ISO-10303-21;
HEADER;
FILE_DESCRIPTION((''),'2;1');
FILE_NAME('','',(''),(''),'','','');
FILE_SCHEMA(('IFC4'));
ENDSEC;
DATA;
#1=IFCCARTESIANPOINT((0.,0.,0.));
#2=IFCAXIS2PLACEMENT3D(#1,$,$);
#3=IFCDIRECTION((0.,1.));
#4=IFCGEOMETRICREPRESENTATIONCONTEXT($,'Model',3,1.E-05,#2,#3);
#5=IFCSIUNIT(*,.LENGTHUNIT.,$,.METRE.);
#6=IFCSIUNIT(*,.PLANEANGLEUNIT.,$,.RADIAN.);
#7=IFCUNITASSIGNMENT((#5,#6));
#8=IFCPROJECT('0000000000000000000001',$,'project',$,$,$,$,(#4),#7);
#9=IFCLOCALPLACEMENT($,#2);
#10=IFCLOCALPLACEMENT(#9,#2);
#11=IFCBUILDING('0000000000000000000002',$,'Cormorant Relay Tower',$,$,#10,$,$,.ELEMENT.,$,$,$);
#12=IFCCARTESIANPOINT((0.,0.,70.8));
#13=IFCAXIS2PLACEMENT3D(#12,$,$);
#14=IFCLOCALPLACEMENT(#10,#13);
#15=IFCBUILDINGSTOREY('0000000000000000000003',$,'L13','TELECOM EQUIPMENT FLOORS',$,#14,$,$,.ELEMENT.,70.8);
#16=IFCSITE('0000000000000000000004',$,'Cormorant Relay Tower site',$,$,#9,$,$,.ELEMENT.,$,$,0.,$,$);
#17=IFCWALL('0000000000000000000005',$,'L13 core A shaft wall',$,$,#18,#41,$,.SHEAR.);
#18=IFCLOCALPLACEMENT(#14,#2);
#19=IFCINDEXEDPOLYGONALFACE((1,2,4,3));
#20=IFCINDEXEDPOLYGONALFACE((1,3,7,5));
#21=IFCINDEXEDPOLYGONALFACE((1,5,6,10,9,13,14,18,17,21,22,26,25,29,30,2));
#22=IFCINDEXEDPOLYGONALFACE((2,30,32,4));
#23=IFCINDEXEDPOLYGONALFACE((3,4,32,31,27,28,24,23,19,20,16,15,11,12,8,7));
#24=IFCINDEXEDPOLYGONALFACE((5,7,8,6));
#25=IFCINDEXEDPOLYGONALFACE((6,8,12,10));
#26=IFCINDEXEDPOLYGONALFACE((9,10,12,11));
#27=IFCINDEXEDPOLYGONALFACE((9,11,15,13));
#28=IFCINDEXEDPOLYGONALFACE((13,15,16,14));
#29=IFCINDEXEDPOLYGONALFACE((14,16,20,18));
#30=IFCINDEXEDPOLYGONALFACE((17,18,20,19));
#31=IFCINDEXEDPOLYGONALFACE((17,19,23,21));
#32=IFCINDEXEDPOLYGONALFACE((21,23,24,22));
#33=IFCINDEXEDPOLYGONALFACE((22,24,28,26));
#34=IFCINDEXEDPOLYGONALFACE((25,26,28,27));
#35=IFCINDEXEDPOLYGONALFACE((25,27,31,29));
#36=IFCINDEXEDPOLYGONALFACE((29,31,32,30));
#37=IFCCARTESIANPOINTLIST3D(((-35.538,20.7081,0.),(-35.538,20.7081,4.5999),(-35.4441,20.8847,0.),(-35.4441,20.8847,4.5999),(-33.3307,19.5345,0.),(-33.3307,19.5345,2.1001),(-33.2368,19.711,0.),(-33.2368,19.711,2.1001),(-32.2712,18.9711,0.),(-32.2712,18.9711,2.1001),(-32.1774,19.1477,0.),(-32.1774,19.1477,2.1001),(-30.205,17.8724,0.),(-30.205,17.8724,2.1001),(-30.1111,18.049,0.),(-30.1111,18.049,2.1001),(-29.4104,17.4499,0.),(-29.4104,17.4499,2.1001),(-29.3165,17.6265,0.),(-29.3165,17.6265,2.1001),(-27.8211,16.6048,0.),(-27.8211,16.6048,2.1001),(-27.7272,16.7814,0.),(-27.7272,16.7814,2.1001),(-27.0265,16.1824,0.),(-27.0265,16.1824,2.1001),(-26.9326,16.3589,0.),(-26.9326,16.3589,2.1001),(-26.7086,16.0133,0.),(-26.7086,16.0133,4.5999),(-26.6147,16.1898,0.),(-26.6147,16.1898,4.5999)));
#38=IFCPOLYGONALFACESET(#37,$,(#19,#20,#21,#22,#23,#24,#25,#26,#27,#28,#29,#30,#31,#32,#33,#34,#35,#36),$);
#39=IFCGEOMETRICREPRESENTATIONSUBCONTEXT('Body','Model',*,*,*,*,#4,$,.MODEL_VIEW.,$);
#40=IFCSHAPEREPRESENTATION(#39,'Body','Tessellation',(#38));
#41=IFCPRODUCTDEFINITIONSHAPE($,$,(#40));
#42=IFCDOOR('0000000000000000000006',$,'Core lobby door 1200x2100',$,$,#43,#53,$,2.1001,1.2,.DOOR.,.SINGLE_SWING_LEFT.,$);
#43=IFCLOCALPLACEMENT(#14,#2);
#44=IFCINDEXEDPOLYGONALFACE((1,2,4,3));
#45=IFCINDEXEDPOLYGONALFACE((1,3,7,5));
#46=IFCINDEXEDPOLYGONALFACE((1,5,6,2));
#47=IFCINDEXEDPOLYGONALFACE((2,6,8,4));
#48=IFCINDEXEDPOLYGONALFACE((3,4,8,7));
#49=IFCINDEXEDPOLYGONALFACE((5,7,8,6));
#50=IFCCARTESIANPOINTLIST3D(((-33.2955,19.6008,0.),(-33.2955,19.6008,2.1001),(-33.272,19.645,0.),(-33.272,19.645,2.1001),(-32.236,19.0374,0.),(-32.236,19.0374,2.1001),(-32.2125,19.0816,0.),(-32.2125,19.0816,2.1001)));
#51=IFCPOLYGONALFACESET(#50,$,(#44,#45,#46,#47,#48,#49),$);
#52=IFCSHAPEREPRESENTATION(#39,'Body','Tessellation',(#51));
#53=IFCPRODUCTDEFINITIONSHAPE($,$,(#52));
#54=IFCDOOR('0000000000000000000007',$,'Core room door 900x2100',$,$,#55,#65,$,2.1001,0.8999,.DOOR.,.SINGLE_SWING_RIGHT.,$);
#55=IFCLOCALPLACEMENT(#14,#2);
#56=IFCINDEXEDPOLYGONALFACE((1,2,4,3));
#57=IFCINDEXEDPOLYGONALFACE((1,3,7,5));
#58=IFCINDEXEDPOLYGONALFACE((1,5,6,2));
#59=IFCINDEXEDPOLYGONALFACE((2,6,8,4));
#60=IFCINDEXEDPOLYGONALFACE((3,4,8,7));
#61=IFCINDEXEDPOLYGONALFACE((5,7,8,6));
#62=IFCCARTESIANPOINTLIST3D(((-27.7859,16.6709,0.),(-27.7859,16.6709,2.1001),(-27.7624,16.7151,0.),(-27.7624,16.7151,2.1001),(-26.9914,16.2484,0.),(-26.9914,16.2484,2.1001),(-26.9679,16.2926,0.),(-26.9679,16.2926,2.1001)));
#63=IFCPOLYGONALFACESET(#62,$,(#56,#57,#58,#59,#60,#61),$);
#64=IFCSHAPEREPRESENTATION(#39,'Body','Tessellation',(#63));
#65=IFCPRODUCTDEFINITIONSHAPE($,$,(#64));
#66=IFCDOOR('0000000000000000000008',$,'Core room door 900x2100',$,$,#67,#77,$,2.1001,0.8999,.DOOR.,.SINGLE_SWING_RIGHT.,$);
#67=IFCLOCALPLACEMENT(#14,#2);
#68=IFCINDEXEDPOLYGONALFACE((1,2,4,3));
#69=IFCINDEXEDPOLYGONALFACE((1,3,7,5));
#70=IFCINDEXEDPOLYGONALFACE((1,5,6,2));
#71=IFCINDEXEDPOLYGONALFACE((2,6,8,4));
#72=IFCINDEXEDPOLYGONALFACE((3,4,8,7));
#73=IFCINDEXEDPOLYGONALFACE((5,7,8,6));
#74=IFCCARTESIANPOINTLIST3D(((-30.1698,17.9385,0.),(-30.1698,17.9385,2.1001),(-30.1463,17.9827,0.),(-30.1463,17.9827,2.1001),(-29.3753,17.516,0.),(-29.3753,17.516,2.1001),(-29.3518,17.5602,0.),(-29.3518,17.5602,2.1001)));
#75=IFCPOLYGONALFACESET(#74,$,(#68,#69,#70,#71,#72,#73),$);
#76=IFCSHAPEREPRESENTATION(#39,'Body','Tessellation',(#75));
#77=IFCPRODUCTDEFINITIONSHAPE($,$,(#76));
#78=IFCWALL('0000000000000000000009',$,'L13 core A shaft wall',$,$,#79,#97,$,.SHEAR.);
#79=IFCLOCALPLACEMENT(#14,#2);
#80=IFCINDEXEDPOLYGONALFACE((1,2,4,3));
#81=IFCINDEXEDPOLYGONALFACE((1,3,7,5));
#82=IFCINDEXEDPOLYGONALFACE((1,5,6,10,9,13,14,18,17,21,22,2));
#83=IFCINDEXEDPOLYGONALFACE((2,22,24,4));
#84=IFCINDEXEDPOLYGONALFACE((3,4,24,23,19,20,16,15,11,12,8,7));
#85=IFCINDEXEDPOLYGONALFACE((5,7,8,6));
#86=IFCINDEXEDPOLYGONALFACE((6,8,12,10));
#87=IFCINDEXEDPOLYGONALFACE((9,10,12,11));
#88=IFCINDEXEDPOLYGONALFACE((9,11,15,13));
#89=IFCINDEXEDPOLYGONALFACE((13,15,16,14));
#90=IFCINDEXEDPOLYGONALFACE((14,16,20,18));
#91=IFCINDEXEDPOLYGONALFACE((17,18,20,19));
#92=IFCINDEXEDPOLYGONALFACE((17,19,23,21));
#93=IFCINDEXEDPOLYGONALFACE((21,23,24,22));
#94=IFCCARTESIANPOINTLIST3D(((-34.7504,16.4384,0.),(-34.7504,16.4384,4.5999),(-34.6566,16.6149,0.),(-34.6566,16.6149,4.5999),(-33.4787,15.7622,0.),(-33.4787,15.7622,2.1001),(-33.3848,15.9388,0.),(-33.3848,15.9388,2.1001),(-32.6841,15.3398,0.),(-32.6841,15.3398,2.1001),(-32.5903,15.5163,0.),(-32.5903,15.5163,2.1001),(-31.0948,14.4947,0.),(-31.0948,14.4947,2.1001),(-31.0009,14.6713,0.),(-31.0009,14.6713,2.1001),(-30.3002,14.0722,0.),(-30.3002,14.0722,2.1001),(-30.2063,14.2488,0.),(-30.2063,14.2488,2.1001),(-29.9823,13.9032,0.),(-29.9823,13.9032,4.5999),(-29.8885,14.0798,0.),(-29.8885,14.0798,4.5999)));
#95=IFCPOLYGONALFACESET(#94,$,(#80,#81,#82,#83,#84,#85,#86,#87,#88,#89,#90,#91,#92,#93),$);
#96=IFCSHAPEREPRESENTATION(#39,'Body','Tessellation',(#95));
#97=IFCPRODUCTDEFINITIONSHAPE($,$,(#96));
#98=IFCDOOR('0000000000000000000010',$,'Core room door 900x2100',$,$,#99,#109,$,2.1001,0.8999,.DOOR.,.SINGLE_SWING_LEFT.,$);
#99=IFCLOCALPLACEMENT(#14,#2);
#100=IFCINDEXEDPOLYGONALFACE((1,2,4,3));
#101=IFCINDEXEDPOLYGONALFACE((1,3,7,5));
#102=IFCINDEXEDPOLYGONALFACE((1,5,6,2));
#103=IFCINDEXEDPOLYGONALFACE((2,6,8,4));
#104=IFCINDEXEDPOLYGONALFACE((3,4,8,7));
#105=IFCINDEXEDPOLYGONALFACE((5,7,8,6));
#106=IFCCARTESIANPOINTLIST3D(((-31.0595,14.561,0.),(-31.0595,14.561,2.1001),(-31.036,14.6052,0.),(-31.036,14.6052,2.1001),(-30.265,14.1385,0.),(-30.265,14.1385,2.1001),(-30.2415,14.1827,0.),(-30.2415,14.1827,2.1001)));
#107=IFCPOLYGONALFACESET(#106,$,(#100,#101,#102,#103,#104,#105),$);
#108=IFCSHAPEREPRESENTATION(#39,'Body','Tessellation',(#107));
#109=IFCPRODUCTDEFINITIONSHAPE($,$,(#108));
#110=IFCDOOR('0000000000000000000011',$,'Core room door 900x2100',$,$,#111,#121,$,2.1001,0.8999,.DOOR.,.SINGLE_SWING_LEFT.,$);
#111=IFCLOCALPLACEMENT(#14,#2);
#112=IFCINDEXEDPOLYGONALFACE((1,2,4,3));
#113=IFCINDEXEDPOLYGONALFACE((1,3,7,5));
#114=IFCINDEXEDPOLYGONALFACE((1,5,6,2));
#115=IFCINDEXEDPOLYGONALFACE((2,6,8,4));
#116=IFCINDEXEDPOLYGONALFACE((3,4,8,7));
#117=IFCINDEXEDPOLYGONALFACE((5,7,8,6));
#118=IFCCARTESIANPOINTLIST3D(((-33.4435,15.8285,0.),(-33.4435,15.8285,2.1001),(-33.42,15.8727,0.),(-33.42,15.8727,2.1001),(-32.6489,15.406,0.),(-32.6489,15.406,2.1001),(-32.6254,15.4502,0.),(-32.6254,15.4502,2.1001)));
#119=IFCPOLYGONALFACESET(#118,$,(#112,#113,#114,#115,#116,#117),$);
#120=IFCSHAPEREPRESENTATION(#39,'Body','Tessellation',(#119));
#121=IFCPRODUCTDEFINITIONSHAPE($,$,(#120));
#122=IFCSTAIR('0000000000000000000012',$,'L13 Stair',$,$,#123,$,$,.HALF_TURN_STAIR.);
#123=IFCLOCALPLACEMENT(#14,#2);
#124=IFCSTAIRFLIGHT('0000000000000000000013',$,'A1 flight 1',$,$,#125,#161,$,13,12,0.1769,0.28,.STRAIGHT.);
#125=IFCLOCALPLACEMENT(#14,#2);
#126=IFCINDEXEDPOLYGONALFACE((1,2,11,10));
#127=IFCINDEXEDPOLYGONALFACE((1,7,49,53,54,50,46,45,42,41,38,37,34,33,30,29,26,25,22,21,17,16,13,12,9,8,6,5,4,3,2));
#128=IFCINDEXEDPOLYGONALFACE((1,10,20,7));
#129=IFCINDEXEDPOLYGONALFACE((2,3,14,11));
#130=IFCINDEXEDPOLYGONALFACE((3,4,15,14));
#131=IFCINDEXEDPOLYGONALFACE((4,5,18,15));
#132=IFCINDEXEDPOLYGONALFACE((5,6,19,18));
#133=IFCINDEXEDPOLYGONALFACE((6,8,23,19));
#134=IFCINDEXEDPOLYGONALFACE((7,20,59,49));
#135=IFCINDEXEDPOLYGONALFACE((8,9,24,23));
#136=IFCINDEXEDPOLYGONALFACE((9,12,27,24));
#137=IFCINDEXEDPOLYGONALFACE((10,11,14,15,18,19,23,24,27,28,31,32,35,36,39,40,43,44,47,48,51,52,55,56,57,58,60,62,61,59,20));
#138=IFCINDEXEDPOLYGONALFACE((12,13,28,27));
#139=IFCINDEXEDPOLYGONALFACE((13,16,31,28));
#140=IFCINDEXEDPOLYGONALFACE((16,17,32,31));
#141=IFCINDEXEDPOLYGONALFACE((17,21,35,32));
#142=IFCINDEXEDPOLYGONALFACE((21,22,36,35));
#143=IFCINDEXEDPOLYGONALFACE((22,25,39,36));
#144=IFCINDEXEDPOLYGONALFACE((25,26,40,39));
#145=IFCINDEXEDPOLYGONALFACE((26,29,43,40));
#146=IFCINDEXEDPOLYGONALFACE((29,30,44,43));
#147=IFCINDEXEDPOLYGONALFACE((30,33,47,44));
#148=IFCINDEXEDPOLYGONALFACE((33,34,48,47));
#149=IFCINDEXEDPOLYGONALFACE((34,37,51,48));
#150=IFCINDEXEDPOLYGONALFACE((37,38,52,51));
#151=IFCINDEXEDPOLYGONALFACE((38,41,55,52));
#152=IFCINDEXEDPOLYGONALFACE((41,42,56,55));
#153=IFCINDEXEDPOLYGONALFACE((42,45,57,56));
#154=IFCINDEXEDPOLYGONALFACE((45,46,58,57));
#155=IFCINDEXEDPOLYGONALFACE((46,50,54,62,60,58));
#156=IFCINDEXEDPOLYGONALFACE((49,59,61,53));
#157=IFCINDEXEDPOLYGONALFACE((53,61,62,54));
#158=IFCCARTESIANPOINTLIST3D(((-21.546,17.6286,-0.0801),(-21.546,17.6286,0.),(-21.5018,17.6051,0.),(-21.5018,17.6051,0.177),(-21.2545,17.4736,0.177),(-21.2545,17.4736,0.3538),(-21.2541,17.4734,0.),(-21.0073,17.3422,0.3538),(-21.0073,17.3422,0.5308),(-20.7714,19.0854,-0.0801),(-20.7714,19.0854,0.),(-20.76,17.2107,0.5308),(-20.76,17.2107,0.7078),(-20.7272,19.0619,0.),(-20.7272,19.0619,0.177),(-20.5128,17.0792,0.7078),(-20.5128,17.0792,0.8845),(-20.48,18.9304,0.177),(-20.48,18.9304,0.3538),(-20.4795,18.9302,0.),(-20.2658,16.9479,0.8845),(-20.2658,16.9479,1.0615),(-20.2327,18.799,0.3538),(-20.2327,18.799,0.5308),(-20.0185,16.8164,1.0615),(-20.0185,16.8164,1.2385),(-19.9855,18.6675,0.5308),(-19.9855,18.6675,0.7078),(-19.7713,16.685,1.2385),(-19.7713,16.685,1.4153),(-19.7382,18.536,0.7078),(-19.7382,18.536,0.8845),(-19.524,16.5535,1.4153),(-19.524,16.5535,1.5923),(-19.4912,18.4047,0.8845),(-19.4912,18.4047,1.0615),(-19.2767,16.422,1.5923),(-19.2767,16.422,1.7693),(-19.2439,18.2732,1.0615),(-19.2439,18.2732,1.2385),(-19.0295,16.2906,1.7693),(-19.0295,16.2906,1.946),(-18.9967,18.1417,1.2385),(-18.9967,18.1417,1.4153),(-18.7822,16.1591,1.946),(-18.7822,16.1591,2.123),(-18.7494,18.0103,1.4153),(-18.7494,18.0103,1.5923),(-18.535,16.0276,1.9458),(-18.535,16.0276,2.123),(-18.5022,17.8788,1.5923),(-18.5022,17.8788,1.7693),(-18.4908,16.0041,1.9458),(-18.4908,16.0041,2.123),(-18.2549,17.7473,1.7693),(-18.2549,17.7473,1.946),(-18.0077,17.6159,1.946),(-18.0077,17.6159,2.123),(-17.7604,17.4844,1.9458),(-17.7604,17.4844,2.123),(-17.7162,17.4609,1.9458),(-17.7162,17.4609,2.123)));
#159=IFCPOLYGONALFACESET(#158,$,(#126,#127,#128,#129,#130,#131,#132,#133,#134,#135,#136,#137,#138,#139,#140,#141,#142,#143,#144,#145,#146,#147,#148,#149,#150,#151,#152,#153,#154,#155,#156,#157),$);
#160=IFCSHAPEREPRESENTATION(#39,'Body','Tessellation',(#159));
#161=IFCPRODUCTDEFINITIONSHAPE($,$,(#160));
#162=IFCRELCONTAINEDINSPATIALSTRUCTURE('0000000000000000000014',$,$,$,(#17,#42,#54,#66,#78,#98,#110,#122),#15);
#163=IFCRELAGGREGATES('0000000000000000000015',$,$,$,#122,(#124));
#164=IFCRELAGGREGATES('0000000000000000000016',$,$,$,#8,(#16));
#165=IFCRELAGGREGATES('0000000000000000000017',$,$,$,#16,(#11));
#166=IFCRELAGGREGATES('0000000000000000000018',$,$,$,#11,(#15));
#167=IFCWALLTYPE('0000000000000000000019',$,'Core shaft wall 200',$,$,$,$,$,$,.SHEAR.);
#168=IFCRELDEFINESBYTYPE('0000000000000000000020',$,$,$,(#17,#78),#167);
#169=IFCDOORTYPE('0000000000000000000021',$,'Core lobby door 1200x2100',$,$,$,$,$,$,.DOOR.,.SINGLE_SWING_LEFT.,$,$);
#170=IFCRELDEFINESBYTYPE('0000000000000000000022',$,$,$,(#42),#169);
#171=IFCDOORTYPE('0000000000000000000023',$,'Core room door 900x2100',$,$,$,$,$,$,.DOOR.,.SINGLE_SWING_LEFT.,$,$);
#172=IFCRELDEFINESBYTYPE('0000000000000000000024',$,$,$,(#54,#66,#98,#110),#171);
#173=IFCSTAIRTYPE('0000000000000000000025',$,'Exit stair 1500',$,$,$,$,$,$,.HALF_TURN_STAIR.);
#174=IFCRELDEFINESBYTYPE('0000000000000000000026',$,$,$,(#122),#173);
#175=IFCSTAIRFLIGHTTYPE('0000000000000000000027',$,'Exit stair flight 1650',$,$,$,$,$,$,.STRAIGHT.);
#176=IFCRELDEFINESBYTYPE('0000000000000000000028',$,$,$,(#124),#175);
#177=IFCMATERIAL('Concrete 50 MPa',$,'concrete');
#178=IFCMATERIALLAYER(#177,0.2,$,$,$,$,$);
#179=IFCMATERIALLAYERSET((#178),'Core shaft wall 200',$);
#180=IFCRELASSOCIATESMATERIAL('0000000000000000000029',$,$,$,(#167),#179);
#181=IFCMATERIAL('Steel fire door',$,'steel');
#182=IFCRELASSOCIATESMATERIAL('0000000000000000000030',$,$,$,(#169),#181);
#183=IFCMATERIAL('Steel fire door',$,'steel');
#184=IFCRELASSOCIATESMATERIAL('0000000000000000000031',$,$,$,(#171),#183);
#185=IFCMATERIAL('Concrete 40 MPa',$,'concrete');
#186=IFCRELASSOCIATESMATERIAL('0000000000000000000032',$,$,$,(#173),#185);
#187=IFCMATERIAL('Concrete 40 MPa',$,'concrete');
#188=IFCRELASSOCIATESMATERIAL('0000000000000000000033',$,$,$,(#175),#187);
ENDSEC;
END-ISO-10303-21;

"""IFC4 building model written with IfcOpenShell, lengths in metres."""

from ifc_helpers import new_model, si_unit, direction, frame, frame_2d, origin, place, context, subcontext, project, spatial, polyline, rectangle, outline, extrude, material, layer, layer_set, type_object, element, fill, aggregate, save


model = new_model("IFC4")

# Units and contexts
model_context = context("Model", 3, precision=1e-05, world=origin(), true_north=direction((0.0, 1.0)))
body_context = subcontext(model_context, "Body", "Model", "MODEL_VIEW")
ifc_project = project(units=[si_unit("LENGTHUNIT", "METRE"), si_unit("PLANEANGLEUNIT", "RADIAN")], contexts=[model_context])

# Site, building, storey
site_placement = place(None, origin())
site = spatial("IfcSite", under=ifc_project, at=site_placement, Name="Cormorant Relay Tower site", CompositionType="ELEMENT", RefElevation=0.0)
building_placement = place(site_placement, origin())
building = spatial("IfcBuilding", under=site, at=building_placement, Name="Cormorant Relay Tower", CompositionType="ELEMENT")
storey_placement = place(building_placement, frame((0.0, 0.0, 70.8)))
storey = spatial("IfcBuildingStorey", under=building, at=storey_placement, Name="L13", Description="TELECOM EQUIPMENT FLOORS", CompositionType="ELEMENT", Elevation=70.8)

# Shared definitions
ifc_material_1 = material(Name="Concrete 50 MPa", Category="concrete")
ifc_layer_1 = layer(ifc_material_1, 0.2)
ifc_layer_set_1 = layer_set([ifc_layer_1], Name="Core shaft wall 200")
wall_type_1 = type_object("IfcWallType", Name="Core shaft wall 200", PredefinedType="SHEAR", material=ifc_layer_set_1)

# Walls, openings, doors
wall_1_placement = place(storey_placement, frame((-26.6616, 16.1016, 0.0), z_axis=(0.0, 0.0, 1.0), x_axis=(-0.88294, 0.469485, 0.0)))
wall_1 = element("IfcWall", 1, at=wall_1_placement, inside=storey, type_object=wall_type_1, Name="L13 core A shaft wall", PredefinedType="SHEAR", context=body_context, shape_type="SweptSolid", body=[
    extrude(rectangle(XDim=10.0, YDim=0.2, at=frame_2d((5.0, 0.0))), origin(), (0.0, 0.0, 1.0), 4.5999),
])
opening_1_placement = place(wall_1_placement, frame((6.3, 0.0, 0.0)))
opening_1 = element("IfcOpeningElement", 2, at=opening_1_placement, cuts=wall_1, PredefinedType="OPENING", context=body_context, shape_type="SweptSolid", body=[
    extrude(rectangle(XDim=1.2, YDim=2.1001, at=frame_2d((0.6001, 1.05))), frame((0.0, 0.1099, 0.0), z_axis=(0.0, -1.0, 0.0), x_axis=(1.0, 0.0, 0.0)), (0.0, 0.0, 1.0), 0.22),
])
opening_2_placement = place(wall_1_placement, frame((0.3601, 0.0, 0.0)))
opening_2 = element("IfcOpeningElement", 3, at=opening_2_placement, cuts=wall_1, PredefinedType="OPENING", context=body_context, shape_type="SweptSolid", body=[
    extrude(rectangle(XDim=0.8999, YDim=2.1001, at=frame_2d((0.45, 1.05))), frame((0.0, 0.1099, 0.0), z_axis=(0.0, -1.0, 0.0), x_axis=(1.0, 0.0, 0.0)), (0.0, 0.0, 1.0), 0.22),
])
opening_3_placement = place(wall_1_placement, frame((3.0601, 0.0, 0.0)))
opening_3 = element("IfcOpeningElement", 4, at=opening_3_placement, cuts=wall_1, PredefinedType="OPENING", context=body_context, shape_type="SweptSolid", body=[
    extrude(rectangle(XDim=0.8999, YDim=2.1001, at=frame_2d((0.45, 1.05))), frame((0.0, 0.1099, 0.0), z_axis=(0.0, -1.0, 0.0), x_axis=(1.0, 0.0, 0.0)), (0.0, 0.0, 1.0), 0.22),
])
ifc_material_2 = material(Name="Steel fire door", Category="steel")
door_type_1 = type_object("IfcDoorType", Name="Core lobby door 1200x2100", OperationType="SINGLE_SWING_LEFT", PredefinedType="DOOR", material=ifc_material_2)
door_1_placement = place(opening_1_placement, origin())
door_1 = element("IfcDoor", 5, at=door_1_placement, inside=storey, type_object=door_type_1, Name="Core lobby door 1200x2100", OperationType="SINGLE_SWING_LEFT", OverallHeight=2.1001, OverallWidth=1.2, PredefinedType="DOOR", context=body_context, shape_type="SweptSolid", body=[
    extrude(rectangle(XDim=1.2, YDim=2.1001, at=frame_2d((0.6001, 1.05))), frame((0.0, 0.0249, 0.0), z_axis=(0.0, -1.0, 0.0), x_axis=(1.0, 0.0, 0.0)), (0.0, 0.0, 1.0), 0.05),
])
fill(opening_1, door_1)
ifc_material_3 = material(Name="Steel fire door", Category="steel")
door_type_2 = type_object("IfcDoorType", Name="Core room door 900x2100", OperationType="SINGLE_SWING_LEFT", PredefinedType="DOOR", material=ifc_material_3)
door_2_placement = place(opening_2_placement, frame((0.8999, 0.0, 0.0), z_axis=(0.0, 0.0, 1.0), x_axis=(-1.0, 0.0, 0.0)))
door_2 = element("IfcDoor", 6, at=door_2_placement, inside=storey, type_object=door_type_2, Name="Core room door 900x2100", OperationType="SINGLE_SWING_RIGHT", OverallHeight=2.1001, OverallWidth=0.8999, PredefinedType="DOOR", context=body_context, shape_type="SweptSolid", body=[
    extrude(rectangle(XDim=0.8999, YDim=2.1001, at=frame_2d((0.45, 1.05))), frame((0.0, 0.0249, 0.0), z_axis=(0.0, -1.0, 0.0), x_axis=(1.0, 0.0, 0.0)), (0.0, 0.0, 1.0), 0.05),
])
fill(opening_2, door_2)
door_3_placement = place(opening_3_placement, frame((0.8999, 0.0, 0.0), z_axis=(0.0, 0.0, 1.0), x_axis=(-1.0, 0.0, 0.0)))
door_3 = element("IfcDoor", 7, at=door_3_placement, inside=storey, type_object=door_type_2, Name="Core room door 900x2100", OperationType="SINGLE_SWING_RIGHT", OverallHeight=2.1001, OverallWidth=0.8999, PredefinedType="DOOR", context=body_context, shape_type="SweptSolid", body=[
    extrude(rectangle(XDim=0.8999, YDim=2.1001, at=frame_2d((0.45, 1.05))), frame((0.0, 0.0249, 0.0), z_axis=(0.0, -1.0, 0.0), x_axis=(1.0, 0.0, 0.0)), (0.0, 0.0, 1.0), 0.05),
])
fill(opening_3, door_3)
wall_2_placement = place(storey_placement, frame((-29.9353, 13.9915, 0.0), z_axis=(0.0, 0.0, 1.0), x_axis=(-0.882953, 0.469462, 0.0)))
wall_2 = element("IfcWall", 8, at=wall_2_placement, inside=storey, type_object=wall_type_1, Name="L13 core A shaft wall", PredefinedType="SHEAR", context=body_context, shape_type="SweptSolid", body=[
    extrude(rectangle(XDim=5.4001, YDim=0.2, at=frame_2d((2.7002, 0.0))), origin(), (0.0, 0.0, 1.0), 4.5999),
])
opening_4_placement = place(wall_2_placement, frame((0.3601, 0.0, 0.0)))
opening_4 = element("IfcOpeningElement", 9, at=opening_4_placement, cuts=wall_2, PredefinedType="OPENING", context=body_context, shape_type="SweptSolid", body=[
    extrude(rectangle(XDim=0.8999, YDim=2.1001, at=frame_2d((0.45, 1.05))), frame((0.0, 0.1099, 0.0), z_axis=(0.0, -1.0, 0.0), x_axis=(1.0, 0.0, 0.0)), (0.0, 0.0, 1.0), 0.22),
])
opening_5_placement = place(wall_2_placement, frame((3.0601, 0.0, 0.0)))
opening_5 = element("IfcOpeningElement", 10, at=opening_5_placement, cuts=wall_2, PredefinedType="OPENING", context=body_context, shape_type="SweptSolid", body=[
    extrude(rectangle(XDim=0.8999, YDim=2.1001, at=frame_2d((0.45, 1.05))), frame((0.0, 0.1099, 0.0), z_axis=(0.0, -1.0, 0.0), x_axis=(1.0, 0.0, 0.0)), (0.0, 0.0, 1.0), 0.22),
])
door_4_placement = place(opening_4_placement, origin())
door_4 = element("IfcDoor", 11, at=door_4_placement, inside=storey, type_object=door_type_2, Name="Core room door 900x2100", OperationType="SINGLE_SWING_LEFT", OverallHeight=2.1001, OverallWidth=0.8999, PredefinedType="DOOR", context=body_context, shape_type="SweptSolid", body=[
    extrude(rectangle(XDim=0.8999, YDim=2.1001, at=frame_2d((0.45, 1.05))), frame((0.0, 0.0249, 0.0), z_axis=(0.0, -1.0, 0.0), x_axis=(1.0, 0.0, 0.0)), (0.0, 0.0, 1.0), 0.05),
])
fill(opening_4, door_4)
door_5_placement = place(opening_5_placement, origin())
door_5 = element("IfcDoor", 12, at=door_5_placement, inside=storey, type_object=door_type_2, Name="Core room door 900x2100", OperationType="SINGLE_SWING_LEFT", OverallHeight=2.1001, OverallWidth=0.8999, PredefinedType="DOOR", context=body_context, shape_type="SweptSolid", body=[
    extrude(rectangle(XDim=0.8999, YDim=2.1001, at=frame_2d((0.45, 1.05))), frame((0.0, 0.0249, 0.0), z_axis=(0.0, -1.0, 0.0), x_axis=(1.0, 0.0, 0.0)), (0.0, 0.0, 1.0), 0.05),
])
fill(opening_5, door_5)

# Stair, stair flight
ifc_material_4 = material(Name="Concrete 40 MPa", Category="concrete")
stair_type = type_object("IfcStairType", Name="Exit stair 1500", PredefinedType="HALF_TURN_STAIR", material=ifc_material_4)
stair_placement = place(storey_placement, origin())
stair = element("IfcStair", 13, at=stair_placement, inside=storey, type_object=stair_type, Name="L13 Stair", PredefinedType="HALF_TURN_STAIR")
ifc_material_5 = material(Name="Concrete 40 MPa", Category="concrete")
stair_flight_type = type_object("IfcStairFlightType", Name="Exit stair flight 1650", PredefinedType="STRAIGHT", material=ifc_material_5)
stair_flight_placement = place(storey_placement, frame((-21.1145, 18.3335, 0.0), z_axis=(0.0, 0.0, 1.0), x_axis=(0.882948, -0.469472, 0.0)))
stair_flight = element("IfcStairFlight", 14, at=stair_flight_placement, type_object=stair_flight_type, Name="A1 flight 1", NumberOfRisers=13, NumberOfTreads=12, PredefinedType="STRAIGHT", RiserHeight=0.1769, TreadLength=0.28, context=body_context, shape_type="SweptSolid", body=[
    extrude(outline(polyline([(-0.05, -0.0801), (-0.05, 0.0), (0.0, 0.0), (0.0, 0.177), (0.28, 0.177), (0.28, 0.3538), (0.5601, 0.3538), (0.5601, 0.5308), (0.8401, 0.5308), (0.8401, 0.7078), (1.1201, 0.7078), (1.1201, 0.8845), (1.3999, 0.8845), (1.3999, 1.0615), (1.6799, 1.0615), (1.6799, 1.2385), (1.96, 1.2385), (1.96, 1.4153), (2.24, 1.4153), (2.24, 1.5923), (2.52, 1.5923), (2.52, 1.7693), (2.8, 1.7693), (2.8, 1.946), (3.0801, 1.946), (3.0801, 2.123), (3.3601, 2.123), (3.4102, 2.123), (3.4102, 1.9458), (3.3601, 1.9458), (0.2805, 0.0), (-0.05, -0.0801)])), frame((0.0, 0.825, 0.0), z_axis=(0.0, -1.0, 0.0), x_axis=(1.0, 0.0, 0.0)), (0.0, 0.0, 1.0), 1.6499),
])
aggregate(stair, [stair_flight])

save(model, "model.ifc")
